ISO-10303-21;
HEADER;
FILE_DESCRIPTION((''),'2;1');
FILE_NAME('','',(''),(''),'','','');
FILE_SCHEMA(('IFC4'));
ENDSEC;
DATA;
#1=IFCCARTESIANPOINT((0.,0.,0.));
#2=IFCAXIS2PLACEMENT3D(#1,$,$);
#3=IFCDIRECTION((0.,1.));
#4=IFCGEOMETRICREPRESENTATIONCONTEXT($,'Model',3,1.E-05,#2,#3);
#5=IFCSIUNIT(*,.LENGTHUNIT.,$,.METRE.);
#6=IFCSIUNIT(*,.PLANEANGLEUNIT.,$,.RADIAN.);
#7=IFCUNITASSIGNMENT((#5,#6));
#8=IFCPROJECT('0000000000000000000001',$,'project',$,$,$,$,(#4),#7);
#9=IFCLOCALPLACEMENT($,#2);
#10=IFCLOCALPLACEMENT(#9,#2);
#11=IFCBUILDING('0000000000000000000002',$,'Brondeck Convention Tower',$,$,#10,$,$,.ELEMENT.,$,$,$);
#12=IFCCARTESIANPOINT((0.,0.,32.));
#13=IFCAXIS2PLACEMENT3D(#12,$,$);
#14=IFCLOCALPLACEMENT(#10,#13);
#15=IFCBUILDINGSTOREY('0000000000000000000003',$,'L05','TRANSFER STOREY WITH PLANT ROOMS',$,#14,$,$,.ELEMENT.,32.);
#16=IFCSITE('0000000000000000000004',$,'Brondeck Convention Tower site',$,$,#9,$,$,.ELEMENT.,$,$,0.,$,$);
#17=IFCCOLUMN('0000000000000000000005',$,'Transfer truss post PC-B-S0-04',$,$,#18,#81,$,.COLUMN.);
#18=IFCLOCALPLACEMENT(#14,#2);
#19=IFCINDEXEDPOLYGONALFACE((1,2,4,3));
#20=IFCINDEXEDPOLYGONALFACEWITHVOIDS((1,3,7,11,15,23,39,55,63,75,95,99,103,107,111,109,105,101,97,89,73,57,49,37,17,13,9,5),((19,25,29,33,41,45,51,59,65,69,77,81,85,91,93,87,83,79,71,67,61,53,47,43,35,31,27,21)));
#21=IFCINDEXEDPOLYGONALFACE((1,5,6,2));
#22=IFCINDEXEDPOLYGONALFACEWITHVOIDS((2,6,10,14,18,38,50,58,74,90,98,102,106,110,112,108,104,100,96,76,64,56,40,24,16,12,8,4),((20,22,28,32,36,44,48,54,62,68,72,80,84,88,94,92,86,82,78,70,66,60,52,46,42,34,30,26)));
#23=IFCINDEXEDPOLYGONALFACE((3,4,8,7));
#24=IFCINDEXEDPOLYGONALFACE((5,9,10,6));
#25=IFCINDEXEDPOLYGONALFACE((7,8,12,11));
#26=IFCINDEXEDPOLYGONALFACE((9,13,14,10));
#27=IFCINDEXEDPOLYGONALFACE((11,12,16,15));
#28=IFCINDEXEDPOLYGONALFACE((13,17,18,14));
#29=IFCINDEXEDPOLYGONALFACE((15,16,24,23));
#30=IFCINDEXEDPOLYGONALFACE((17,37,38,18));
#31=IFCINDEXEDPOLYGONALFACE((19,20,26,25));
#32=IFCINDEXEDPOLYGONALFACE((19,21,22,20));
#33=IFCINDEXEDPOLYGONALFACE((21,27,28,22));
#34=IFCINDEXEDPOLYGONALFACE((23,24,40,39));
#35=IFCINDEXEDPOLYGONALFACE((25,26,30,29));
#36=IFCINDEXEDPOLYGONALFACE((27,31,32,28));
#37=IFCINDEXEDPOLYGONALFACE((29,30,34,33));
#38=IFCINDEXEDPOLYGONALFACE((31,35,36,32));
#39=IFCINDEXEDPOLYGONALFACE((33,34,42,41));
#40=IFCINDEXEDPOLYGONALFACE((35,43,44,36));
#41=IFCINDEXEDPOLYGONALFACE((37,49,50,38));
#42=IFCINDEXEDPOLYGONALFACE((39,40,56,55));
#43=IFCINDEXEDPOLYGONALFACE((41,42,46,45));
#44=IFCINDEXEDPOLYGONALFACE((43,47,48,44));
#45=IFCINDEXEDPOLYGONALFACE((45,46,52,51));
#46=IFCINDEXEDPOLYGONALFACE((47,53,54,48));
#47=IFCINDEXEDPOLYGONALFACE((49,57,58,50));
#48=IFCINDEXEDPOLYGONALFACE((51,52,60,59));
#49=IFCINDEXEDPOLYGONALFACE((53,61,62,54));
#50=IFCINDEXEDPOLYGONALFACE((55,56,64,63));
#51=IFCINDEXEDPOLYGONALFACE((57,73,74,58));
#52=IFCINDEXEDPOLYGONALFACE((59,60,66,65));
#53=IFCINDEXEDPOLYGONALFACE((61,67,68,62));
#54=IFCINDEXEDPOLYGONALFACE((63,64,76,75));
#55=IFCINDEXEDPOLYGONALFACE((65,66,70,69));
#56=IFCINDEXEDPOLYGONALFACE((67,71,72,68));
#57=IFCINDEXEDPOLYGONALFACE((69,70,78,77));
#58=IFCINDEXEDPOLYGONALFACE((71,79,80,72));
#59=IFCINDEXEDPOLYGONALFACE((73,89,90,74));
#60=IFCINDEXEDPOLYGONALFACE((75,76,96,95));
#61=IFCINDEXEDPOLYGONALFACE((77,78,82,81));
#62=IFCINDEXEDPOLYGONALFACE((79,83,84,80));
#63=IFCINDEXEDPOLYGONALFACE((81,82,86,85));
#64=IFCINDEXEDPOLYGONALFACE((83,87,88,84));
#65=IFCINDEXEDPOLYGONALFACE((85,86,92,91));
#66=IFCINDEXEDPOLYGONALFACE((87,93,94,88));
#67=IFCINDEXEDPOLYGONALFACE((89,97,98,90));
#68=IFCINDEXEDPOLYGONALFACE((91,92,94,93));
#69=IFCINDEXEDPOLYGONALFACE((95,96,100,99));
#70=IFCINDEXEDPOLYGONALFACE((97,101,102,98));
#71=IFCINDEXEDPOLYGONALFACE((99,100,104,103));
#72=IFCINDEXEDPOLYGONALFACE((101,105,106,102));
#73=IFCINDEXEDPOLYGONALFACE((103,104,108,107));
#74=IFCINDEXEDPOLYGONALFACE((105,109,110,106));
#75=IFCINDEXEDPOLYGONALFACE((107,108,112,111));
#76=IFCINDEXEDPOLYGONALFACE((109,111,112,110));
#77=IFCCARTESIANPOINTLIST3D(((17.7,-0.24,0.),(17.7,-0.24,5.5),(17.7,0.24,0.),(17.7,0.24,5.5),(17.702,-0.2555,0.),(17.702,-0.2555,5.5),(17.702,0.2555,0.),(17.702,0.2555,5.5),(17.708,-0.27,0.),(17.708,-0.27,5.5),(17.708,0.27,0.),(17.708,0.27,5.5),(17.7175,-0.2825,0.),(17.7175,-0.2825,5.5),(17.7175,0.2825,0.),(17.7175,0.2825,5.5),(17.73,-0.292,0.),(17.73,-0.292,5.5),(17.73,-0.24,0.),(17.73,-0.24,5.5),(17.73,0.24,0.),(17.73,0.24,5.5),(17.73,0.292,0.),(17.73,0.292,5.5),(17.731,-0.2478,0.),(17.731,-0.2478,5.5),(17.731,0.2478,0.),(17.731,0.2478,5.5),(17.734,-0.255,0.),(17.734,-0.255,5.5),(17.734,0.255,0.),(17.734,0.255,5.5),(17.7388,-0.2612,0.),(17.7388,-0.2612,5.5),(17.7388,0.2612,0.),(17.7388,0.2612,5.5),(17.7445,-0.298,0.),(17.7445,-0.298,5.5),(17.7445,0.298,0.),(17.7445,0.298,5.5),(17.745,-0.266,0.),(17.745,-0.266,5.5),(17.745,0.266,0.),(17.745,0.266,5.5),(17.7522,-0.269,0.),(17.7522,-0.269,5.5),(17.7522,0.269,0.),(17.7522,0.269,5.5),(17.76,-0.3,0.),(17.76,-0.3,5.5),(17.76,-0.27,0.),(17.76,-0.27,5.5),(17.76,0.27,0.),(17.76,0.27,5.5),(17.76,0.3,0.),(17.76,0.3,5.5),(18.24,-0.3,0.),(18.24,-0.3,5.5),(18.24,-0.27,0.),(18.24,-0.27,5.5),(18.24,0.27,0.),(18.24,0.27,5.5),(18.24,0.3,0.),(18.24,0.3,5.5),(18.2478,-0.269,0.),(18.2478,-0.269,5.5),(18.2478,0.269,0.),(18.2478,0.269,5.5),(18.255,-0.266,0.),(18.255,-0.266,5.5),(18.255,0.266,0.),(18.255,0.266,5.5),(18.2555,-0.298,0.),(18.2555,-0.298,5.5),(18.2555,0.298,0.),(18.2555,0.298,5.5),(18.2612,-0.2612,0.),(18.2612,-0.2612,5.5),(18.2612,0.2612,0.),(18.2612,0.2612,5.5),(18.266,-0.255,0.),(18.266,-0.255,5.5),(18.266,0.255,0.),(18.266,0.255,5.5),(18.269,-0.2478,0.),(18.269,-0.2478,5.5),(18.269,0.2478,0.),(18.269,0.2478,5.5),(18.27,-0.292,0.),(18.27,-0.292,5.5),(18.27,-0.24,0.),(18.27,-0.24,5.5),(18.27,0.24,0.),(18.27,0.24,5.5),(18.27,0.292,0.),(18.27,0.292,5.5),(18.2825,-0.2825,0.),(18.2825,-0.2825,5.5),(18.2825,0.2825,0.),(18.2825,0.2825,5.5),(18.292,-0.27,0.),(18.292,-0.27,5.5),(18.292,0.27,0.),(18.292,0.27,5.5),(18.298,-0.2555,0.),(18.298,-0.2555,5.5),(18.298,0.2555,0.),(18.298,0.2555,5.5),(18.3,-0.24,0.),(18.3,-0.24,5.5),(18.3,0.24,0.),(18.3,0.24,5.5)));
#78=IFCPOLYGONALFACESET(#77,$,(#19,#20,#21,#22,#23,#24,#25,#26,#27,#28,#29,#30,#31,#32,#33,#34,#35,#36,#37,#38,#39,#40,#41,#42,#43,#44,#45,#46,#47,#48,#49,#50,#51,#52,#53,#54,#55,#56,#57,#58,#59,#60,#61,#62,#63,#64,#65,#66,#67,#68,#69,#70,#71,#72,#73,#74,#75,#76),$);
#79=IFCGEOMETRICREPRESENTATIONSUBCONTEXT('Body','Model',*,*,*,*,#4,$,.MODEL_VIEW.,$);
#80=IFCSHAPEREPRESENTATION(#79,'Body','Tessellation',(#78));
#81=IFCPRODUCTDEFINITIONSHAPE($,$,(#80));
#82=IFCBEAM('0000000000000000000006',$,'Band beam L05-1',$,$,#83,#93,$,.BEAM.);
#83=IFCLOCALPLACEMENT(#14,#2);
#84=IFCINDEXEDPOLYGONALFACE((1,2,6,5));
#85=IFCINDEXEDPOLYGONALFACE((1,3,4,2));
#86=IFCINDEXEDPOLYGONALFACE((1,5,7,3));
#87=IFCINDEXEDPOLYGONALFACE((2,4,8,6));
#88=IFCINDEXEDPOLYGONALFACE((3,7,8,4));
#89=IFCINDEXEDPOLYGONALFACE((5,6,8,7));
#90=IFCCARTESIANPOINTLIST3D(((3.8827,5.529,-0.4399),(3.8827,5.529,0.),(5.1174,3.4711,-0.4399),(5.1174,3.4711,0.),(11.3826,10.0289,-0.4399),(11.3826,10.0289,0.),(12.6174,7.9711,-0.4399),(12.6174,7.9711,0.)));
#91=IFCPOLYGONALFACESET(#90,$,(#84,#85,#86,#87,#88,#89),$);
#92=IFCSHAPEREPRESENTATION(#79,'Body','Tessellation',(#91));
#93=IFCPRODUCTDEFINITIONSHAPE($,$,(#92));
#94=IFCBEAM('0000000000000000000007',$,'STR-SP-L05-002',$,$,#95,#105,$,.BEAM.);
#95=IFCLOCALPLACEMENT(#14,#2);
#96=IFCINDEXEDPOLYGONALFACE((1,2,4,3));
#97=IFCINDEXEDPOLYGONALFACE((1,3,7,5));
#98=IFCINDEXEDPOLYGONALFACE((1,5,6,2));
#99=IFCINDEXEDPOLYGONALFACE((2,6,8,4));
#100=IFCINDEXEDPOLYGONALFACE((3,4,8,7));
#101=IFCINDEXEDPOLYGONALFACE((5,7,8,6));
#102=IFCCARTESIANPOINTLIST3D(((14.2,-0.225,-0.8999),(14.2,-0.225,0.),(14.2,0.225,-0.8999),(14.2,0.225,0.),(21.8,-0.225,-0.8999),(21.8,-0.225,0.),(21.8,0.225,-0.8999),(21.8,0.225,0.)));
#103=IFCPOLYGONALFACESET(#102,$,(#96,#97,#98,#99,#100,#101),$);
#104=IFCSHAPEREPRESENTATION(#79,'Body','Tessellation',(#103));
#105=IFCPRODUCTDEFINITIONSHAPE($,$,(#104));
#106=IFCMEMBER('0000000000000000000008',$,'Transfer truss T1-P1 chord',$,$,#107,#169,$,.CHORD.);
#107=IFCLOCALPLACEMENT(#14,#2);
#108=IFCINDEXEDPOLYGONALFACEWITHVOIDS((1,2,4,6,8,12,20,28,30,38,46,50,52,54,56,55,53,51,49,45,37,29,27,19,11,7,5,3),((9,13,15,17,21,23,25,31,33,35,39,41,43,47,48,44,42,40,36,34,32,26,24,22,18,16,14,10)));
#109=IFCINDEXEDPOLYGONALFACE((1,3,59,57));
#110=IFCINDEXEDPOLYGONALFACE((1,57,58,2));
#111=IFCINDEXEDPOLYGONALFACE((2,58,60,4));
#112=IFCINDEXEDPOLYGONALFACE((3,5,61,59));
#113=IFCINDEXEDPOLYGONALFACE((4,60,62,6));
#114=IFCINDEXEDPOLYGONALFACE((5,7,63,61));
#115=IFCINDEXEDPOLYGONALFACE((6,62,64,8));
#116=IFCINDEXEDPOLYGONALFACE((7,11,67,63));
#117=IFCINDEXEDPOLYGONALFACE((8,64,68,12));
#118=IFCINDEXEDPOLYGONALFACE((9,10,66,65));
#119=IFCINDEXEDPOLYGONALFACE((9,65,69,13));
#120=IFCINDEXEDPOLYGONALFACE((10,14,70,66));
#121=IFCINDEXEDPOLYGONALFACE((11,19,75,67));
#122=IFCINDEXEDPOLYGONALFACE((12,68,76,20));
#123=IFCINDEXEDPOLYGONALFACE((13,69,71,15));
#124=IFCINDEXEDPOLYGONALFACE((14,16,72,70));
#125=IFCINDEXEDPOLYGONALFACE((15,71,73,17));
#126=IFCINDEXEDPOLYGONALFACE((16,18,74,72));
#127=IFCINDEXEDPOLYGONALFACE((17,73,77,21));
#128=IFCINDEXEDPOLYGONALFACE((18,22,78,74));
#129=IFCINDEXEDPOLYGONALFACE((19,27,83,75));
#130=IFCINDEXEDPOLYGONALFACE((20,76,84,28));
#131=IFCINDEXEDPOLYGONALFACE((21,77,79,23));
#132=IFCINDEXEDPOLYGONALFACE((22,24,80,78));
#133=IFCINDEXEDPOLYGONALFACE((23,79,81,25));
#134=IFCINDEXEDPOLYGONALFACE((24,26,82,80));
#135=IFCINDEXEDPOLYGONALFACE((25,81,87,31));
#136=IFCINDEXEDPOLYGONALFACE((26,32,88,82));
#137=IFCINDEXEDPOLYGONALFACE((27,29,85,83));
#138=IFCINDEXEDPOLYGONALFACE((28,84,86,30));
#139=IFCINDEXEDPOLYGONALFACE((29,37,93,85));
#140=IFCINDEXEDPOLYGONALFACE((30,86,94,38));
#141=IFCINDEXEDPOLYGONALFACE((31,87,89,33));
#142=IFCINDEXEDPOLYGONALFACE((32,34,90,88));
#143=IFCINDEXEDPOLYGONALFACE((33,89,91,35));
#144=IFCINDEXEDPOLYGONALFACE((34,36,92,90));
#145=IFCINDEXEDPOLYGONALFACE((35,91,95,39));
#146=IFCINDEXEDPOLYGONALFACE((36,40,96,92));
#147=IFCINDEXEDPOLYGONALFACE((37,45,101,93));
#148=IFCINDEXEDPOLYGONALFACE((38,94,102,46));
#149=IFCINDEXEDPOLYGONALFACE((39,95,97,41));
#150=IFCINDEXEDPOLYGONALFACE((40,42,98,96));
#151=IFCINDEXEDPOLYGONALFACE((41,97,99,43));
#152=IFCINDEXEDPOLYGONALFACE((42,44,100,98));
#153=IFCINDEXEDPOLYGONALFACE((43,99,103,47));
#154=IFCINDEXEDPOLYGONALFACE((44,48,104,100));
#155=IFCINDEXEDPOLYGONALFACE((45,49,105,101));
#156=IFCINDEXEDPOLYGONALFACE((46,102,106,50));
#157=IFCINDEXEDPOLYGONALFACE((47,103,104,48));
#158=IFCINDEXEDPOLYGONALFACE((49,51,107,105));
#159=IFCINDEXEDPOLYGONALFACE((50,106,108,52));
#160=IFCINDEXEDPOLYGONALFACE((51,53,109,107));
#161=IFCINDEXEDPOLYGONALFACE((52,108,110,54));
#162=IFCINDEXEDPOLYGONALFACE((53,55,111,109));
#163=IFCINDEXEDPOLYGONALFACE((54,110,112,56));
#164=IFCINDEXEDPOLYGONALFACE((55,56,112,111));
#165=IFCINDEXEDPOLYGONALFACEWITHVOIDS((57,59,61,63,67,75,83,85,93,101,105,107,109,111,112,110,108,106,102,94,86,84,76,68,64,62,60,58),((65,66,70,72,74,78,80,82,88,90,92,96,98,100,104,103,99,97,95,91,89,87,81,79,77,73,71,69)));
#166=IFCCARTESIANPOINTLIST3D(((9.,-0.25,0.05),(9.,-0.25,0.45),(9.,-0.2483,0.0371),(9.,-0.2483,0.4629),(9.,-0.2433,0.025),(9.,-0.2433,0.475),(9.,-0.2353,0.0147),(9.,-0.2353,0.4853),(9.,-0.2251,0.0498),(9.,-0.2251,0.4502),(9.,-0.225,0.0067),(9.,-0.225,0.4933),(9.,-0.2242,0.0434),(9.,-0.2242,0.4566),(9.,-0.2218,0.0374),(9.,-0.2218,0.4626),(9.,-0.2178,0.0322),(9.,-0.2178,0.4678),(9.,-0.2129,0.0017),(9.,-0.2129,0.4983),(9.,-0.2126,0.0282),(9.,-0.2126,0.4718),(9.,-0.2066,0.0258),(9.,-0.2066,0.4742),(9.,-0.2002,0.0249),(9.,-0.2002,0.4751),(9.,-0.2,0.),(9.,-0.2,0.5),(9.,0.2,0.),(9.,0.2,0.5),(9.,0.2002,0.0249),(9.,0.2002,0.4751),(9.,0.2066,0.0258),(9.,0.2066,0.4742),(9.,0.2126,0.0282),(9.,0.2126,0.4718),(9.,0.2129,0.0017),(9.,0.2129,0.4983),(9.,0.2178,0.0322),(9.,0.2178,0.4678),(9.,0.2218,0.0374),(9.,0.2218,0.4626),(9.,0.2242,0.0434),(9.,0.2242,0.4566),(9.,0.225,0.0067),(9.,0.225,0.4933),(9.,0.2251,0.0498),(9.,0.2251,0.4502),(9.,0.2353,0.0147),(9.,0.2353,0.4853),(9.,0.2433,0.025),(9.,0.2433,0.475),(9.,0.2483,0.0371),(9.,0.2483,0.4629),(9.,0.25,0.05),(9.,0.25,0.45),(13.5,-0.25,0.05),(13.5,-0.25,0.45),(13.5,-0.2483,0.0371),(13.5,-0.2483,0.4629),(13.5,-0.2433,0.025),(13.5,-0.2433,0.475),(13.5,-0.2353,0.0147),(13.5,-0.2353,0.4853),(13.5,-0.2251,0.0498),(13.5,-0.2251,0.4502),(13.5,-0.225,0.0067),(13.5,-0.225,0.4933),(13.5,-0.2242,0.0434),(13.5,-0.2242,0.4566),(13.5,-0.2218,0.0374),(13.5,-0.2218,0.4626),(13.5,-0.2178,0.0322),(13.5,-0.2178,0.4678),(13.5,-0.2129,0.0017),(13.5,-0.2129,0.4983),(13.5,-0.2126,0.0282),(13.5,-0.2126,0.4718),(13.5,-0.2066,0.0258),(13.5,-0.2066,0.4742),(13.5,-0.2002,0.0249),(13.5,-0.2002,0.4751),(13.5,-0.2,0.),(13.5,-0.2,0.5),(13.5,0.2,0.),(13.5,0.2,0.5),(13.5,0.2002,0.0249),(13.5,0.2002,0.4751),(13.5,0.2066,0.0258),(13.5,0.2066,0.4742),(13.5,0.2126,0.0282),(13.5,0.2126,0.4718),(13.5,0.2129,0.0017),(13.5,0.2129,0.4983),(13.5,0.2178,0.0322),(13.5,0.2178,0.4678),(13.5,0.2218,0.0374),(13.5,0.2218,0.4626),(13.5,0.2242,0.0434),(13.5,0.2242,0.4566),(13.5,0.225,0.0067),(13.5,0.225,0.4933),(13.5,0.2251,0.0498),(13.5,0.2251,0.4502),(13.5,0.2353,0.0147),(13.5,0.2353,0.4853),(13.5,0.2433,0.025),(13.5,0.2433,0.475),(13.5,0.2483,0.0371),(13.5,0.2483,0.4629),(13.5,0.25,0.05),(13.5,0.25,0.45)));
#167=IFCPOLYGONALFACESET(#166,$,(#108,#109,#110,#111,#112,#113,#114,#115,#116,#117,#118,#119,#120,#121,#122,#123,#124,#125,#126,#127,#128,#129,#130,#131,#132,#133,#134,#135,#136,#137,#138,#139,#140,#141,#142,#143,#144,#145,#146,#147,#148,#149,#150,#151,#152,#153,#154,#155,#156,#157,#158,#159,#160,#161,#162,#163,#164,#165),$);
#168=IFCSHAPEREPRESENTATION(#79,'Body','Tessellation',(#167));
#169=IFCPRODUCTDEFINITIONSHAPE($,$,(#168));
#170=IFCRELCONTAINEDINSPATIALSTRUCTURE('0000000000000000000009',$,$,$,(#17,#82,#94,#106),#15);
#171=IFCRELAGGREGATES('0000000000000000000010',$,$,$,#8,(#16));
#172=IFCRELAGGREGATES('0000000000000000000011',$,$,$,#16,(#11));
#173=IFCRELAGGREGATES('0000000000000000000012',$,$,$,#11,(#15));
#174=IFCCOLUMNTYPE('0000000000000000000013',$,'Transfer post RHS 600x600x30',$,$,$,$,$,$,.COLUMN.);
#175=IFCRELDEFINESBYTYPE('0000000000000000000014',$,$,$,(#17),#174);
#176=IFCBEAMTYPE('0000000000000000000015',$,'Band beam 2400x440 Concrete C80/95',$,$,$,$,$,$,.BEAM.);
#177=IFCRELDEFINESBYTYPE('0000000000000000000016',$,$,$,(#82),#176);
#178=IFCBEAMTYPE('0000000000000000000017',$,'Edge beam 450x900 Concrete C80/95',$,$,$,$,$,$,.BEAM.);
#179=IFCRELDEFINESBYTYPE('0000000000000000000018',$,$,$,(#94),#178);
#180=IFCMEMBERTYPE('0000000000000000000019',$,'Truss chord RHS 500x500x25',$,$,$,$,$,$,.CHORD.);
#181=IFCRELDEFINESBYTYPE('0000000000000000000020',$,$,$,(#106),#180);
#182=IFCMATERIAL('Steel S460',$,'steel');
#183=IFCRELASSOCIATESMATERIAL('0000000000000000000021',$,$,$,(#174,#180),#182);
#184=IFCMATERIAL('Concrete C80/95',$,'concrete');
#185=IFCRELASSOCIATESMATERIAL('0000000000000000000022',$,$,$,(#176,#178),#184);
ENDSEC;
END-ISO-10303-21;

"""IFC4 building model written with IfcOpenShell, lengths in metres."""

from ifc_helpers import new_model, si_unit, direction, frame, origin, origin_2d, place, context, subcontext, project, spatial, rectangle, hollow_rectangle, extrude, material, material_profile, profile_set, type_object, element, save


model = new_model("IFC4")

# Units and contexts
model_context = context("Model", 3, precision=1e-05, world=origin(), true_north=direction((0.0, 1.0)))
body_context = subcontext(model_context, "Body", "Model", "MODEL_VIEW")
ifc_project = project(units=[si_unit("LENGTHUNIT", "METRE"), si_unit("PLANEANGLEUNIT", "RADIAN")], contexts=[model_context])

# Site, building, storey
site_placement = place(None, origin())
site = spatial("IfcSite", under=ifc_project, at=site_placement, Name="Brondeck Convention Tower site", CompositionType="ELEMENT", RefElevation=0.0)
building_placement = place(site_placement, origin())
building = spatial("IfcBuilding", under=site, at=building_placement, Name="Brondeck Convention Tower", CompositionType="ELEMENT")
storey_placement = place(building_placement, frame((0.0, 0.0, 32.0)))
storey = spatial("IfcBuildingStorey", under=building, at=storey_placement, Name="L05", Description="TRANSFER STOREY WITH PLANT ROOMS", CompositionType="ELEMENT", Elevation=32.0)

# Column
ifc_material_1 = material(Name="Steel S460", Category="steel")
ifc_material_profile_1 = material_profile(ifc_material_1, hollow_rectangle(XDim=0.6001, YDim=0.6001, WallThickness=0.03, InnerFilletRadius=0.03, OuterFilletRadius=0.0601, at=origin_2d()), Name="RHS 600x600x30")
ifc_profile_set_1 = profile_set([ifc_material_profile_1], Name="Steel S460")
column_type = type_object("IfcColumnType", Name="Transfer post RHS 600x600x30", PredefinedType="COLUMN", material=ifc_profile_set_1)
for number, where, z_axis, x_axis, name in (
    (1, (18.0, 0.0, 0.0), (0.0, 0.0, 1.0), (1.0, 0.0, 0.0), "Transfer truss post PC-B-S0-04"),
):
    element("IfcColumn", number, at=place(storey_placement, frame(where, z_axis=z_axis, x_axis=x_axis)), inside=storey, type_object=column_type, Name=name, PredefinedType="COLUMN", context=body_context, shape_type="SweptSolid", body=[
        extrude(hollow_rectangle(XDim=0.6001, YDim=0.6001, WallThickness=0.03, InnerFilletRadius=0.03, OuterFilletRadius=0.0601, at=origin_2d()), origin(), (0.0, 0.0, 1.0), 5.5),
    ])

# Beams
ifc_material_2 = material(Name="Concrete C80/95", Category="concrete")
ifc_material_profile_2 = material_profile(ifc_material_2, rectangle(XDim=2.3999, YDim=0.4399, at=origin_2d()), Name="Band beam 2400x440 Concrete C80/95")
ifc_profile_set_2 = profile_set([ifc_material_profile_2], Name="Concrete C80/95")
beam_type_1 = type_object("IfcBeamType", Name="Band beam 2400x440 Concrete C80/95", PredefinedType="BEAM", material=ifc_profile_set_2)
beam_1_placement = place(storey_placement, frame((12.0, 9.0, -0.22), z_axis=(-0.857493, -0.514496, 0.0), x_axis=(0.514496, -0.857493, 0.0)))
element("IfcBeam", 2, at=beam_1_placement, inside=storey, type_object=beam_type_1, Name="Band beam L05-1", PredefinedType="BEAM", context=body_context, shape_type="SweptSolid", body=[
    extrude(rectangle(XDim=2.3999, YDim=0.4399, at=origin_2d()), origin(), (0.0, 0.0, 1.0), 8.7463),
])
ifc_material_profile_3 = material_profile(ifc_material_2, rectangle(XDim=0.45, YDim=0.8999, at=origin_2d()), Name="Edge beam 450x900 Concrete C80/95")
ifc_profile_set_3 = profile_set([ifc_material_profile_3], Name="Concrete C80/95")
beam_type_2 = type_object("IfcBeamType", Name="Edge beam 450x900 Concrete C80/95", PredefinedType="BEAM", material=ifc_profile_set_3)
beam_2_placement = place(storey_placement, frame((14.2, 0.0, -0.45), z_axis=(1.0, 0.0, 0.0), x_axis=(0.0, 1.0, 0.0)))
element("IfcBeam", 3, at=beam_2_placement, inside=storey, type_object=beam_type_2, Name="STR-SP-L05-002", PredefinedType="BEAM", context=body_context, shape_type="SweptSolid", body=[
    extrude(rectangle(XDim=0.45, YDim=0.8999, at=origin_2d()), origin(), (0.0, 0.0, 1.0), 7.6001),
])

# Member
ifc_material_profile_4 = material_profile(ifc_material_1, hollow_rectangle(XDim=0.5, YDim=0.5, WallThickness=0.0249, InnerFilletRadius=0.0249, OuterFilletRadius=0.05, at=origin_2d()), Name="RHS 500x500x25")
ifc_profile_set_4 = profile_set([ifc_material_profile_4], Name="Steel S460")
member_type_1 = type_object("IfcMemberType", Name="Truss chord RHS 500x500x25", PredefinedType="CHORD", material=ifc_profile_set_4)
for number, where, z_axis, x_axis, name in (
    (4, (9.0, 0.0, 0.25), (1.0, 0.0, 0.0), (0.0, 1.0, 0.0), "Transfer truss T1-P1 chord"),
):
    element("IfcMember", number, at=place(storey_placement, frame(where, z_axis=z_axis, x_axis=x_axis)), inside=storey, type_object=member_type_1, Name=name, PredefinedType="CHORD", context=body_context, shape_type="SweptSolid", body=[
        extrude(hollow_rectangle(XDim=0.5, YDim=0.5, WallThickness=0.0249, InnerFilletRadius=0.0249, OuterFilletRadius=0.05, at=origin_2d()), origin(), (0.0, 0.0, 1.0), 4.5),
    ])

save(model, "model.ifc")
